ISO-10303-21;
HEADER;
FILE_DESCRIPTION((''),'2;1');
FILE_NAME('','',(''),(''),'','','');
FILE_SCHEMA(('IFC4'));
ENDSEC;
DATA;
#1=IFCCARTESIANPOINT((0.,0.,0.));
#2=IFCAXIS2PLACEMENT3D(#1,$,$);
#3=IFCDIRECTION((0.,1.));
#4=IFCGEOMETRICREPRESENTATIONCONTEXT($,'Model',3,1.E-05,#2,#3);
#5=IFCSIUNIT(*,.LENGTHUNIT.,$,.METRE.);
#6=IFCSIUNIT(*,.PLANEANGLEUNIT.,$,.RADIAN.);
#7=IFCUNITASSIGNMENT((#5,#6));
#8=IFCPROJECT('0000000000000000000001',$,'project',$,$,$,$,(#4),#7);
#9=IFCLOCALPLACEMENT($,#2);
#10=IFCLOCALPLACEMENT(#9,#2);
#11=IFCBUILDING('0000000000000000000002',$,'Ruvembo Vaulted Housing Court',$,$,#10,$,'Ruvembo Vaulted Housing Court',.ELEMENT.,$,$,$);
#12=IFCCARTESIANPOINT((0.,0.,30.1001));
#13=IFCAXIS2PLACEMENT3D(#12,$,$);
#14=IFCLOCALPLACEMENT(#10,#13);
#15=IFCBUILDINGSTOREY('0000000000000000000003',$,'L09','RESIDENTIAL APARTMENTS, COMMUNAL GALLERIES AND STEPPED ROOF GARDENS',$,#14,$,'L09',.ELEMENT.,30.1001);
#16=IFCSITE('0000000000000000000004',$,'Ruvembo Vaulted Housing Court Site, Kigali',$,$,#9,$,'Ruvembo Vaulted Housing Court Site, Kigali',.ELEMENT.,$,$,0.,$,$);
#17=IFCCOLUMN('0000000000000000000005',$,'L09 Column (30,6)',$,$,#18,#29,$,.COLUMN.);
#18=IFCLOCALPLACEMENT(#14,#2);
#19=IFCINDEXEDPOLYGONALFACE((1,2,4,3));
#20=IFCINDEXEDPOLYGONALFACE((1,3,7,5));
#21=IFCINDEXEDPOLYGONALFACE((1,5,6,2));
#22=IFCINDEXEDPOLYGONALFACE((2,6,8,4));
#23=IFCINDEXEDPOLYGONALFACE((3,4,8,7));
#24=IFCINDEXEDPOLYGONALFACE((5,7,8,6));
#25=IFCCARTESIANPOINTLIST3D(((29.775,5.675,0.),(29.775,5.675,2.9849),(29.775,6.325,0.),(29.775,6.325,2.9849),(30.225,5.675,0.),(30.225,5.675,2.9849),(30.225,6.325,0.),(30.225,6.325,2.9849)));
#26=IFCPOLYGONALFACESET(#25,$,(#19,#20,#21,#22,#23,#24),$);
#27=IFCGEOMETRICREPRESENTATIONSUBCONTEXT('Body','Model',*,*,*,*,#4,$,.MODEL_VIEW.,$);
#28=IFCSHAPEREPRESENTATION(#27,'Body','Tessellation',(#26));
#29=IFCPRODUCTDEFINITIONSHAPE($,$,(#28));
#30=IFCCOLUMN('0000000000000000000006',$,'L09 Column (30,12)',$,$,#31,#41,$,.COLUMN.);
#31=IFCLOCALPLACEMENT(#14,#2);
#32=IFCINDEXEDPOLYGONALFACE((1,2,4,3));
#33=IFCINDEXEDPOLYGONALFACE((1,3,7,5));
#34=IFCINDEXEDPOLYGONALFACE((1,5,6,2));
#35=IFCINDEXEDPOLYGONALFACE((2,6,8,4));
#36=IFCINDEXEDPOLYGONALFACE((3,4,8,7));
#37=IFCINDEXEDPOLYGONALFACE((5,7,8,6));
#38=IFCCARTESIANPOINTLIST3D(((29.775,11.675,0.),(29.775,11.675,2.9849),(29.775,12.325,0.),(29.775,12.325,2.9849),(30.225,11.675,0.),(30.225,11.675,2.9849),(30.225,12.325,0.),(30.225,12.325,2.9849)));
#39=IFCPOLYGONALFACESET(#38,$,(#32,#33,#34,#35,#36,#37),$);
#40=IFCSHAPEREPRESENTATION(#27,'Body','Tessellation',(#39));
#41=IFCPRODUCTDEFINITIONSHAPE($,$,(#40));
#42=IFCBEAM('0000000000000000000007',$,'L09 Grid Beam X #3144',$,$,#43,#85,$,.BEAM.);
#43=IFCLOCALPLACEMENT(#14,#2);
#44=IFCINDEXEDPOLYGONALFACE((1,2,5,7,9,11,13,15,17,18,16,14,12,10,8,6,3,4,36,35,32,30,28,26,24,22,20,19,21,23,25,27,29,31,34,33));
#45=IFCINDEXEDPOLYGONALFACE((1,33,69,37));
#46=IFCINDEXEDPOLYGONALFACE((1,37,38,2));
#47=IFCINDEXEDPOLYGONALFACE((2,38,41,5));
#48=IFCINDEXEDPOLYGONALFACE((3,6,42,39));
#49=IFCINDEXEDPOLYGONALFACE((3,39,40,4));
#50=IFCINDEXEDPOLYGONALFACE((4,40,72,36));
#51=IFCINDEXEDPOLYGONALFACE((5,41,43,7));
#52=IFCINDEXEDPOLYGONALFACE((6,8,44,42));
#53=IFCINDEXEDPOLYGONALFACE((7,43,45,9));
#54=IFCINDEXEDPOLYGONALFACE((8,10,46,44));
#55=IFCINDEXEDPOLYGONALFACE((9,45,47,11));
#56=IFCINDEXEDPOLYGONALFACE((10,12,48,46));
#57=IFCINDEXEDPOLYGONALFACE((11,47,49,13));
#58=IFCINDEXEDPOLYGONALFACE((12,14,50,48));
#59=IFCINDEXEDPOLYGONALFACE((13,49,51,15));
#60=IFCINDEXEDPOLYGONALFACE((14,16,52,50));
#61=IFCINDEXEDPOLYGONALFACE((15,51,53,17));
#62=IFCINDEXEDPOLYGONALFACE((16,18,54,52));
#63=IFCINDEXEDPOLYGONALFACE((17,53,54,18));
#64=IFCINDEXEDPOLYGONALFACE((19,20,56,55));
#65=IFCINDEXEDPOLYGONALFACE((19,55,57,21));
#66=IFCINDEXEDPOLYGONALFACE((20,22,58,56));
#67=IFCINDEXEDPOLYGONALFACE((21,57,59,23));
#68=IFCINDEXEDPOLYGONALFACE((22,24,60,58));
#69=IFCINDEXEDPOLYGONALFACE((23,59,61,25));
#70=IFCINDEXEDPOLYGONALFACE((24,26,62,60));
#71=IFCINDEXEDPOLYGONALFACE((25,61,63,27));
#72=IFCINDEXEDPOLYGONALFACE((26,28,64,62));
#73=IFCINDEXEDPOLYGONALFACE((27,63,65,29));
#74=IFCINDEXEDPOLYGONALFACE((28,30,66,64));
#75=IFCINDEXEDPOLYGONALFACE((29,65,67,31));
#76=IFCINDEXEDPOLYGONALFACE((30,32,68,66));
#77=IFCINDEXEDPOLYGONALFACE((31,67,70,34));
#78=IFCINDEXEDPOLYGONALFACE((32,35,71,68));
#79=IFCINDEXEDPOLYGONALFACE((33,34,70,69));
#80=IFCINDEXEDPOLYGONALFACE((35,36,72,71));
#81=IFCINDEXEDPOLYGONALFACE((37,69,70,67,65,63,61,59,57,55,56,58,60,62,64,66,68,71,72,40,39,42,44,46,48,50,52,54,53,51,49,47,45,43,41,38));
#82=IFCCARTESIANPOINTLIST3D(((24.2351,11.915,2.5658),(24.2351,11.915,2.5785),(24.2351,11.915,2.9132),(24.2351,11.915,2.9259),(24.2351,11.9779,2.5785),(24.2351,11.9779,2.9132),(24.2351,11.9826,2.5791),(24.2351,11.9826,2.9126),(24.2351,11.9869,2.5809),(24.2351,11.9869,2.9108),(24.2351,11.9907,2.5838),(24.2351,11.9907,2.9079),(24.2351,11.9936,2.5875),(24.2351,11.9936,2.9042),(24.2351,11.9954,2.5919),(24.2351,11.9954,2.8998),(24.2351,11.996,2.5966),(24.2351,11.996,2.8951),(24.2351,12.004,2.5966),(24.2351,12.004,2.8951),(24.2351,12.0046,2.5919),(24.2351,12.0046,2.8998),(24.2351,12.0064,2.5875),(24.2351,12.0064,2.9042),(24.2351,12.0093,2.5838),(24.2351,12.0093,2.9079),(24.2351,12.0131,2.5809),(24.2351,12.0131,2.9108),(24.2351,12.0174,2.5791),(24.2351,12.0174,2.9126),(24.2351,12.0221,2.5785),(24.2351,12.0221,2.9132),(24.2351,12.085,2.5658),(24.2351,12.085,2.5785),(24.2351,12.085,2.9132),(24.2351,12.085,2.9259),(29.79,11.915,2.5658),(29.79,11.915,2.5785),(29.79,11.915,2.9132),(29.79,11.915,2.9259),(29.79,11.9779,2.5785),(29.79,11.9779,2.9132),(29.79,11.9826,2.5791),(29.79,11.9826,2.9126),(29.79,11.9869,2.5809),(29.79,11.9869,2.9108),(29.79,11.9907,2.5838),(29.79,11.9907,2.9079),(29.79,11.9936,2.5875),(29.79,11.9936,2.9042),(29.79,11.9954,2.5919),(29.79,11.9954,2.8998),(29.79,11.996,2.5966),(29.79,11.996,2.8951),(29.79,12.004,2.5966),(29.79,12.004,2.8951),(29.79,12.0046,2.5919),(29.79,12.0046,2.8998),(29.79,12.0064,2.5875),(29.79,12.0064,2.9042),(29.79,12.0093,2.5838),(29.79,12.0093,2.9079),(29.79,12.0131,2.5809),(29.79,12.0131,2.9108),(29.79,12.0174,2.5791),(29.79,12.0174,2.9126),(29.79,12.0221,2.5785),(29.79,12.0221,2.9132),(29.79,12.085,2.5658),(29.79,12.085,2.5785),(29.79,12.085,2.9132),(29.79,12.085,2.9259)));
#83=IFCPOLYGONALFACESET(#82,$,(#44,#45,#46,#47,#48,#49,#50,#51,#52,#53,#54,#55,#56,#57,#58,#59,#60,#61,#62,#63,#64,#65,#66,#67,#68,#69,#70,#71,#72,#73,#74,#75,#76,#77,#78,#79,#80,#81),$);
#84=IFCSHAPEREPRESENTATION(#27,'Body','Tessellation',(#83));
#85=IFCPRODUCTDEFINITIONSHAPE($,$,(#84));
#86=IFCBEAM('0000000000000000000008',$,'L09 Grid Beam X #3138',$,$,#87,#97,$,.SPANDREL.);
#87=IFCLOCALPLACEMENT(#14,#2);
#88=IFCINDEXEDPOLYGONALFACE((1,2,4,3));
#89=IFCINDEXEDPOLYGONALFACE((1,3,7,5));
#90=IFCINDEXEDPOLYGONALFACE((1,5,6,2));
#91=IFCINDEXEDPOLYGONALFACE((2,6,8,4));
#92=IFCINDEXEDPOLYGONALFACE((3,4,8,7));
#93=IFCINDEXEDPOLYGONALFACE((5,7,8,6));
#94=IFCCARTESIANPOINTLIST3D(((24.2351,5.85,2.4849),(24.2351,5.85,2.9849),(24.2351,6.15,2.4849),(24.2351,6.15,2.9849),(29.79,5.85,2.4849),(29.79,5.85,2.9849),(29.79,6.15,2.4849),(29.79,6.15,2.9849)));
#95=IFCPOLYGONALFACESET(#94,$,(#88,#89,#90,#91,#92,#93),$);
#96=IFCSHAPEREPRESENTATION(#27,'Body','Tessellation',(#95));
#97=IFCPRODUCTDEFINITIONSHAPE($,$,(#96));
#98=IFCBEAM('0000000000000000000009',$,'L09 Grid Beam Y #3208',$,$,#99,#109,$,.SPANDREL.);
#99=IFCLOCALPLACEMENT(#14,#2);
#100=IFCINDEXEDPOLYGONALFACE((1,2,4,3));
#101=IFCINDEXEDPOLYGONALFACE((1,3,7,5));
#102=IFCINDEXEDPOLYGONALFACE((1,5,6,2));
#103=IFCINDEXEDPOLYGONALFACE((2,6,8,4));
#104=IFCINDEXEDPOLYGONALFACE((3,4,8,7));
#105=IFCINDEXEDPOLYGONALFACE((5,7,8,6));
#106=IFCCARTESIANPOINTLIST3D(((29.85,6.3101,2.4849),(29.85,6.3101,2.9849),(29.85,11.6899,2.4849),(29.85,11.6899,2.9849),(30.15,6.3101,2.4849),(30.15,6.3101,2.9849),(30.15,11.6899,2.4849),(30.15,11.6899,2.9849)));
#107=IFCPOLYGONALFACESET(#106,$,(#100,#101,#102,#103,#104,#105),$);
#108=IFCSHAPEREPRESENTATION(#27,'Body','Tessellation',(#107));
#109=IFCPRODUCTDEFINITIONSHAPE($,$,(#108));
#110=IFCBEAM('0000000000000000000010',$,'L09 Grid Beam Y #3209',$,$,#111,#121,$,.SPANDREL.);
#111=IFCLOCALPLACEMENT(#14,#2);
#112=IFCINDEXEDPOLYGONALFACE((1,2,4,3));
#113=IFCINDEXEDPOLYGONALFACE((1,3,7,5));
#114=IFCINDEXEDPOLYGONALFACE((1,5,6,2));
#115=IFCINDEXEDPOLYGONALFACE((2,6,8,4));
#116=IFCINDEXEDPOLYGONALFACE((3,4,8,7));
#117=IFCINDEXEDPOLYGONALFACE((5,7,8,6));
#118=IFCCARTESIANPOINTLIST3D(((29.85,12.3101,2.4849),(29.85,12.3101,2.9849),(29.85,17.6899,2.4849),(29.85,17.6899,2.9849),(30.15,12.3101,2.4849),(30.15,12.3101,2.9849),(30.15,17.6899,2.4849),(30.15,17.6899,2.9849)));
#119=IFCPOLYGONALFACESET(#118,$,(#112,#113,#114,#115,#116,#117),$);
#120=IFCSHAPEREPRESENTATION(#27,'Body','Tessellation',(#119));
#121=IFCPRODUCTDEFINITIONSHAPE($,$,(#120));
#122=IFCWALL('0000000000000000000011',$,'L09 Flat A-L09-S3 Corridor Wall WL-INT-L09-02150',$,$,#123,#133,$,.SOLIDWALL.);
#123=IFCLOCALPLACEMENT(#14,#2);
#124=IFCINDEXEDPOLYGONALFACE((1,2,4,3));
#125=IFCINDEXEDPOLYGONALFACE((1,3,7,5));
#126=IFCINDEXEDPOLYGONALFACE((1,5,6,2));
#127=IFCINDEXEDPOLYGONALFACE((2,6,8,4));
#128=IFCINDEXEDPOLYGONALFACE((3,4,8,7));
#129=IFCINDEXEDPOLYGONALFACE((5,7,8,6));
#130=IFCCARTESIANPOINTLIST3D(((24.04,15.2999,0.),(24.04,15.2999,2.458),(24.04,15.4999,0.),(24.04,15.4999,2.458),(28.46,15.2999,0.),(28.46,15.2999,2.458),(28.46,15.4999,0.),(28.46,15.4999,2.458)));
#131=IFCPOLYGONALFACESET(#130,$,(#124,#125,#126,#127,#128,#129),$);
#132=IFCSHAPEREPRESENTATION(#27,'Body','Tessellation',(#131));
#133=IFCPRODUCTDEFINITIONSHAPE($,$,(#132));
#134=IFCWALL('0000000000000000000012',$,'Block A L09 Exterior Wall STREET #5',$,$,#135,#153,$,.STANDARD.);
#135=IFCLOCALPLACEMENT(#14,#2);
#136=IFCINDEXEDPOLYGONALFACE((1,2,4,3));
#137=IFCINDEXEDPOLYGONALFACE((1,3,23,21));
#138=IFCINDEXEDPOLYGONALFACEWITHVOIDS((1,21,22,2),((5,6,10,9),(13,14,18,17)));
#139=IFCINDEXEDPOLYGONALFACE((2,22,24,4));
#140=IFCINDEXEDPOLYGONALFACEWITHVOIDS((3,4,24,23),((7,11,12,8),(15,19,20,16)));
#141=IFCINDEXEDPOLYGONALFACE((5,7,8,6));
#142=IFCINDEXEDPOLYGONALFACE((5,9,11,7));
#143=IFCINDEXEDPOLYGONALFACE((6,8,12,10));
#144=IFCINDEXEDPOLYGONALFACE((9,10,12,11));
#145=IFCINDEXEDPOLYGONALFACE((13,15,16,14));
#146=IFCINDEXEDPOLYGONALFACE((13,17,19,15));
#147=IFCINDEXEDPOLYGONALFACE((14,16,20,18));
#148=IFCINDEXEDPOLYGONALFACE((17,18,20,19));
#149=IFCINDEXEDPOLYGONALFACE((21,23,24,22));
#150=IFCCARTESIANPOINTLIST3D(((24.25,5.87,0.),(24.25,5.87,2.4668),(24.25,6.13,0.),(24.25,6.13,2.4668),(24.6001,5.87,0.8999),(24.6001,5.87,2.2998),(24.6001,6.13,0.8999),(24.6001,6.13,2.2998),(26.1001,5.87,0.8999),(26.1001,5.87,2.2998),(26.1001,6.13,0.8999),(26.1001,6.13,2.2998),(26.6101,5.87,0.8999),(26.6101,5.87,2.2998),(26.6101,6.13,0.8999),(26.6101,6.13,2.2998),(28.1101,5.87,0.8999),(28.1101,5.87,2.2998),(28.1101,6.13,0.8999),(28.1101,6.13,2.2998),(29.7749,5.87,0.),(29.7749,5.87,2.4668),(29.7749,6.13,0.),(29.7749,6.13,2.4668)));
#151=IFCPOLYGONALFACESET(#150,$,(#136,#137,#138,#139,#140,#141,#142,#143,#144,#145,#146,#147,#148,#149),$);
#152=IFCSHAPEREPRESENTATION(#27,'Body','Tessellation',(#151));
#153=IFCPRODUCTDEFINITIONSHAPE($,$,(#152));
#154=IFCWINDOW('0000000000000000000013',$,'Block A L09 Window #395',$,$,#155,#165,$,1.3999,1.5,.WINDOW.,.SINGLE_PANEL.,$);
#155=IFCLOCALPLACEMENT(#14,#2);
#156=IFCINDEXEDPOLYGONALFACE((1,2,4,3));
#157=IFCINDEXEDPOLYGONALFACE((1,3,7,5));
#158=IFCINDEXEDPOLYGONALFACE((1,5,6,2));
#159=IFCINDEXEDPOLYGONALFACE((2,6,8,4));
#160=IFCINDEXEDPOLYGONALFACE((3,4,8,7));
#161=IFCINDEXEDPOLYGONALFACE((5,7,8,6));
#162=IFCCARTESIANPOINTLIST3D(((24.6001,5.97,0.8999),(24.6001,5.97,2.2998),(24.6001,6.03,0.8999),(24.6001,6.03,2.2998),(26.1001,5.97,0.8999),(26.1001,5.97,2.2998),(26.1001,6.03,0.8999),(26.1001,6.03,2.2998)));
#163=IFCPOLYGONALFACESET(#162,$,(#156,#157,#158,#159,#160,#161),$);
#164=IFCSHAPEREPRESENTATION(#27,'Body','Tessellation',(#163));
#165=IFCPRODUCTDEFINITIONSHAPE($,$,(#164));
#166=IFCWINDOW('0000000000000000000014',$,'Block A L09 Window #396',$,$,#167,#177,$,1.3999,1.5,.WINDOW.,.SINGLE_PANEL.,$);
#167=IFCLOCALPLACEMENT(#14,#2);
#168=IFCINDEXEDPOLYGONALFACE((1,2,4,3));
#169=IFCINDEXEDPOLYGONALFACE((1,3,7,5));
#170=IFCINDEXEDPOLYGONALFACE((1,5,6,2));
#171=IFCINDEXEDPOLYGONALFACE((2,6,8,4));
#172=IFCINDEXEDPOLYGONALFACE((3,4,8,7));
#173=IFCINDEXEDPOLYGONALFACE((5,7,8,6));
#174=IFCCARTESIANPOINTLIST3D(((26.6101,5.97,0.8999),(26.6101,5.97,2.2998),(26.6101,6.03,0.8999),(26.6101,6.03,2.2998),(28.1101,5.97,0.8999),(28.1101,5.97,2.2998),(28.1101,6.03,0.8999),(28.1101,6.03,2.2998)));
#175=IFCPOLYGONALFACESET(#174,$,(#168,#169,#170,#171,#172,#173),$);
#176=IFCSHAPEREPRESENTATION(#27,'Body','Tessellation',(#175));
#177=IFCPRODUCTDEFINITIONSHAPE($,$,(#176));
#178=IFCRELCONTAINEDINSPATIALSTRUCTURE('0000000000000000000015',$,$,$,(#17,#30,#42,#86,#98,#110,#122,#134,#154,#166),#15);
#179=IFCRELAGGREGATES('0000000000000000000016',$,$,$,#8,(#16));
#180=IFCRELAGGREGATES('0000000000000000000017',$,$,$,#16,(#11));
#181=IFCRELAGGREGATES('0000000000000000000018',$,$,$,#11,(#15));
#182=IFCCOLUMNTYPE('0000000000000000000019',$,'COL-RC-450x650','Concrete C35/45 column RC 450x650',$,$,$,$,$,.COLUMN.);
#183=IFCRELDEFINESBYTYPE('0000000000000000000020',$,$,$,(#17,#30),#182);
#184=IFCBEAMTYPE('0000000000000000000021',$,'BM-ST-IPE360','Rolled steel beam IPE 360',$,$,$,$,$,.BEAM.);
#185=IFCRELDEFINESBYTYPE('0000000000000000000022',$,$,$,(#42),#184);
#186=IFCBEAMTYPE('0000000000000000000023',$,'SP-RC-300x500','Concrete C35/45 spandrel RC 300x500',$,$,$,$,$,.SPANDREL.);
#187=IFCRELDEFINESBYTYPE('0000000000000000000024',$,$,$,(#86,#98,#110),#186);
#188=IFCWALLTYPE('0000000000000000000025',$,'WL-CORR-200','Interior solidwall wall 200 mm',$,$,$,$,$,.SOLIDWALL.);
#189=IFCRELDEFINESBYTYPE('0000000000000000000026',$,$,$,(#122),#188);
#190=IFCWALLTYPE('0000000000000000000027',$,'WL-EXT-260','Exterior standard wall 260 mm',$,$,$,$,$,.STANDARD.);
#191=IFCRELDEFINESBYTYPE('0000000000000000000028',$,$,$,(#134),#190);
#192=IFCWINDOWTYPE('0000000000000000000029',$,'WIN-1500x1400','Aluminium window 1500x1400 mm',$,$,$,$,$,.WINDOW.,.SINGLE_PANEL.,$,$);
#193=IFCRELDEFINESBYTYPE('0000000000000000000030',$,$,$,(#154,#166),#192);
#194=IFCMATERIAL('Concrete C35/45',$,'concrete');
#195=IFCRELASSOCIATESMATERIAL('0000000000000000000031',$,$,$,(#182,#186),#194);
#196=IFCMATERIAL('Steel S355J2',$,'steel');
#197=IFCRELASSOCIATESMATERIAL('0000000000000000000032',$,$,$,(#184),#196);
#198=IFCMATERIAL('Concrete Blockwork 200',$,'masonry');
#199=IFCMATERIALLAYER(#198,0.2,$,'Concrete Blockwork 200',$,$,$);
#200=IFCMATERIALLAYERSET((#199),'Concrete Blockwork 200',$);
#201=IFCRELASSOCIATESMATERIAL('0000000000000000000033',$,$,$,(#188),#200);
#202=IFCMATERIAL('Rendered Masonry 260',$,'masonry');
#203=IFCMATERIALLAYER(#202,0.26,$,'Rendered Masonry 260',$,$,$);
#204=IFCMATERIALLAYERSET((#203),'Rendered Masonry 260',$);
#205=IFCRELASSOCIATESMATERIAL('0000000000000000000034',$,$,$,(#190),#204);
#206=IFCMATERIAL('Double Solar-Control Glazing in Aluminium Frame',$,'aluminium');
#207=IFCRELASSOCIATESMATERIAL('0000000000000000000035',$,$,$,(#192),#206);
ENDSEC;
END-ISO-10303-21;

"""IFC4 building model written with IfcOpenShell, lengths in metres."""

from ifc_helpers import new_model, si_unit, direction, frame, frame_2d, origin, origin_2d, place, context, subcontext, project, spatial, rectangle, i_section, extrude, material, layer, layer_set, material_profile, profile_set, type_object, element, fill, save


model = new_model("IFC4")

# Units and contexts
model_context = context("Model", 3, precision=1e-05, world=origin(), true_north=direction((0.0, 1.0)))
body_context = subcontext(model_context, "Body", "Model", "MODEL_VIEW")
ifc_project = project(units=[si_unit("LENGTHUNIT", "METRE"), si_unit("PLANEANGLEUNIT", "RADIAN")], contexts=[model_context])

# Site, building, storey
site_placement = place(None, origin())
site = spatial("IfcSite", under=ifc_project, at=site_placement, Name="Ruvembo Vaulted Housing Court Site, Kigali", LongName="Ruvembo Vaulted Housing Court Site, Kigali", CompositionType="ELEMENT", RefElevation=0.0)
building_placement = place(site_placement, origin())
building = spatial("IfcBuilding", under=site, at=building_placement, Name="Ruvembo Vaulted Housing Court", LongName="Ruvembo Vaulted Housing Court", CompositionType="ELEMENT")
storey_placement = place(building_placement, frame((0.0, 0.0, 30.1001)))
storey = spatial("IfcBuildingStorey", under=building, at=storey_placement, Name="L09", Description="RESIDENTIAL APARTMENTS, COMMUNAL GALLERIES AND STEPPED ROOF GARDENS", LongName="L09", CompositionType="ELEMENT", Elevation=30.1001)

# Columns
ifc_material_1 = material(Name="Concrete C35/45", Category="concrete")
ifc_material_profile_1 = material_profile(ifc_material_1, rectangle(XDim=0.45, YDim=0.6499, at=origin_2d()), Name="RC 450x650")
ifc_profile_set_1 = profile_set([ifc_material_profile_1], Name="Concrete C35/45")
column_type = type_object("IfcColumnType", Name="COL-RC-450x650", Description="Concrete C35/45 column RC 450x650", PredefinedType="COLUMN", material=ifc_profile_set_1)
for number, where, z_axis, x_axis, name in (
    (1, (30.0, 6.0, 0.0), (0.0, 0.0, 1.0), (1.0, 0.0, 0.0), "L09 Column (30,6)"),
    (2, (30.0, 12.0, 0.0), (0.0, 0.0, 1.0), (1.0, 0.0, 0.0), "L09 Column (30,12)"),
):
    element("IfcColumn", number, at=place(storey_placement, frame(where, z_axis=z_axis, x_axis=x_axis)), inside=storey, type_object=column_type, Name=name, PredefinedType="COLUMN", context=body_context, shape_type="SweptSolid", body=[
        extrude(rectangle(XDim=0.45, YDim=0.6499, at=origin_2d()), origin(), (0.0, 0.0, 1.0), 2.9849),
    ])

# Beams
ifc_material_2 = material(Name="Steel S355J2", Category="steel")
ifc_material_profile_2 = material_profile(ifc_material_2, i_section(OverallWidth=0.1699, OverallDepth=0.3601, WebThickness=0.0081, FlangeThickness=0.0127, FilletRadius=0.0181, at=origin_2d()), Name="IPE 360")
ifc_profile_set_2 = profile_set([ifc_material_profile_2], Name="Steel S355J2")
beam_type_1 = type_object("IfcBeamType", Name="BM-ST-IPE360", Description="Rolled steel beam IPE 360", PredefinedType="BEAM", material=ifc_profile_set_2)
beam_1_placement = place(storey_placement, frame((24.2351, 12.0, 2.7458), z_axis=(1.0, 0.0, 0.0), x_axis=(0.0, 1.0, 0.0)))
element("IfcBeam", 3, at=beam_1_placement, inside=storey, type_object=beam_type_1, Name="L09 Grid Beam X #3144", PredefinedType="BEAM", context=body_context, shape_type="SweptSolid", body=[
    extrude(i_section(OverallWidth=0.1699, OverallDepth=0.3601, WebThickness=0.0081, FlangeThickness=0.0127, FilletRadius=0.0181, at=origin_2d()), origin(), (0.0, 0.0, 1.0), 5.5549),
])
ifc_material_profile_3 = material_profile(ifc_material_1, rectangle(XDim=0.3, YDim=0.5, at=origin_2d()), Name="RC 300x500")
ifc_profile_set_3 = profile_set([ifc_material_profile_3], Name="Concrete C35/45")
beam_type_2 = type_object("IfcBeamType", Name="SP-RC-300x500", Description="Concrete C35/45 spandrel RC 300x500", PredefinedType="SPANDREL", material=ifc_profile_set_3)
beam_2_placement = place(storey_placement, frame((24.2351, 6.0, 2.7349), z_axis=(1.0, 0.0, 0.0), x_axis=(0.0, 1.0, 0.0)))
element("IfcBeam", 4, at=beam_2_placement, inside=storey, type_object=beam_type_2, Name="L09 Grid Beam X #3138", PredefinedType="SPANDREL", context=body_context, shape_type="SweptSolid", body=[
    extrude(rectangle(XDim=0.3, YDim=0.5, at=origin_2d()), origin(), (0.0, 0.0, 1.0), 5.5549),
])
for number, where, z_axis, x_axis, name in (
    (5, (30.0, 6.3101, 2.7349), (0.0, 1.0, 0.0), (-1.0, 0.0, 0.0), "L09 Grid Beam Y #3208"),
    (6, (30.0, 12.3101, 2.7349), (0.0, 1.0, 0.0), (-1.0, 0.0, 0.0), "L09 Grid Beam Y #3209"),
):
    element("IfcBeam", number, at=place(storey_placement, frame(where, z_axis=z_axis, x_axis=x_axis)), inside=storey, type_object=beam_type_2, Name=name, PredefinedType="SPANDREL", context=body_context, shape_type="SweptSolid", body=[
        extrude(rectangle(XDim=0.3, YDim=0.5, at=origin_2d()), origin(), (0.0, 0.0, 1.0), 5.3799),
    ])

# Wall
ifc_material_3 = material(Name="Concrete Blockwork 200", Category="masonry")
ifc_layer_1 = layer(ifc_material_3, 0.2, Name="Concrete Blockwork 200")
ifc_layer_set_1 = layer_set([ifc_layer_1], Name="Concrete Blockwork 200")
wall_type_1 = type_object("IfcWallType", Name="WL-CORR-200", Description="Interior solidwall wall 200 mm", PredefinedType="SOLIDWALL", material=ifc_layer_set_1)
wall_1_placement = place(storey_placement, frame((24.04, 15.3999, 0.0), z_axis=(0.0, 0.0, 1.0), x_axis=(1.0, 0.0, 0.0)))
element("IfcWall", 7, at=wall_1_placement, inside=storey, type_object=wall_type_1, Name="L09 Flat A-L09-S3 Corridor Wall WL-INT-L09-02150", PredefinedType="SOLIDWALL", context=body_context, shape_type="SweptSolid", body=[
    extrude(rectangle(XDim=4.4199, YDim=0.2, at=frame_2d((2.21, 0.0))), origin(), (0.0, 0.0, 1.0), 2.458),
])

# Wall, openings, windows
ifc_material_4 = material(Name="Rendered Masonry 260", Category="masonry")
ifc_layer_2 = layer(ifc_material_4, 0.26, Name="Rendered Masonry 260")
ifc_layer_set_2 = layer_set([ifc_layer_2], Name="Rendered Masonry 260")
wall_type_2 = type_object("IfcWallType", Name="WL-EXT-260", Description="Exterior standard wall 260 mm", PredefinedType="STANDARD", material=ifc_layer_set_2)
wall_2_placement = place(storey_placement, frame((24.25, 6.0, 0.0), z_axis=(0.0, 0.0, 1.0), x_axis=(1.0, 0.0, 0.0)))
wall_2 = element("IfcWall", 8, at=wall_2_placement, inside=storey, type_object=wall_type_2, Name="Block A L09 Exterior Wall STREET #5", PredefinedType="STANDARD", context=body_context, shape_type="SweptSolid", body=[
    extrude(rectangle(XDim=5.5249, YDim=0.26, at=frame_2d((2.7625, 0.0))), origin(), (0.0, 0.0, 1.0), 2.4668),
])
opening_1_placement = place(wall_2_placement, frame((0.3501, 0.0, 0.8999)))
opening_1 = element("IfcOpeningElement", 9, at=opening_1_placement, cuts=wall_2, PredefinedType="OPENING", context=body_context, shape_type="SweptSolid", body=[
    extrude(rectangle(XDim=1.5, YDim=1.3999, at=frame_2d((0.75, 0.7))), frame((0.0, 0.1399, 0.0), z_axis=(0.0, -1.0, 0.0), x_axis=(1.0, 0.0, 0.0)), (0.0, 0.0, 1.0), 0.28),
])
opening_2_placement = place(wall_2_placement, frame((2.3601, 0.0, 0.8999)))
opening_2 = element("IfcOpeningElement", 10, at=opening_2_placement, cuts=wall_2, PredefinedType="OPENING", context=body_context, shape_type="SweptSolid", body=[
    extrude(rectangle(XDim=1.5, YDim=1.3999, at=frame_2d((0.75, 0.7))), frame((0.0, 0.1399, 0.0), z_axis=(0.0, -1.0, 0.0), x_axis=(1.0, 0.0, 0.0)), (0.0, 0.0, 1.0), 0.28),
])
ifc_material_5 = material(Name="Double Solar-Control Glazing in Aluminium Frame", Category="aluminium")
window_type = type_object("IfcWindowType", Name="WIN-1500x1400", Description="Aluminium window 1500x1400 mm", PartitioningType="SINGLE_PANEL", PredefinedType="WINDOW", material=ifc_material_5)
window_1_placement = place(opening_1_placement, origin())
window_1 = element("IfcWindow", 11, at=window_1_placement, inside=storey, type_object=window_type, Name="Block A L09 Window #395", OverallHeight=1.3999, OverallWidth=1.5, PartitioningType="SINGLE_PANEL", PredefinedType="WINDOW", context=body_context, shape_type="SweptSolid", body=[
    extrude(rectangle(XDim=1.5, YDim=1.3999, at=frame_2d((0.75, 0.7))), frame((0.0, 0.03, 0.0), z_axis=(0.0, -1.0, 0.0), x_axis=(1.0, 0.0, 0.0)), (0.0, 0.0, 1.0), 0.0601),
])
fill(opening_1, window_1)
window_2_placement = place(opening_2_placement, origin())
window_2 = element("IfcWindow", 12, at=window_2_placement, inside=storey, type_object=window_type, Name="Block A L09 Window #396", OverallHeight=1.3999, OverallWidth=1.5, PartitioningType="SINGLE_PANEL", PredefinedType="WINDOW", context=body_context, shape_type="SweptSolid", body=[
    extrude(rectangle(XDim=1.5, YDim=1.3999, at=frame_2d((0.75, 0.7))), frame((0.0, 0.03, 0.0), z_axis=(0.0, -1.0, 0.0), x_axis=(1.0, 0.0, 0.0)), (0.0, 0.0, 1.0), 0.0601),
])
fill(opening_2, window_2)

save(model, "model.ifc")
